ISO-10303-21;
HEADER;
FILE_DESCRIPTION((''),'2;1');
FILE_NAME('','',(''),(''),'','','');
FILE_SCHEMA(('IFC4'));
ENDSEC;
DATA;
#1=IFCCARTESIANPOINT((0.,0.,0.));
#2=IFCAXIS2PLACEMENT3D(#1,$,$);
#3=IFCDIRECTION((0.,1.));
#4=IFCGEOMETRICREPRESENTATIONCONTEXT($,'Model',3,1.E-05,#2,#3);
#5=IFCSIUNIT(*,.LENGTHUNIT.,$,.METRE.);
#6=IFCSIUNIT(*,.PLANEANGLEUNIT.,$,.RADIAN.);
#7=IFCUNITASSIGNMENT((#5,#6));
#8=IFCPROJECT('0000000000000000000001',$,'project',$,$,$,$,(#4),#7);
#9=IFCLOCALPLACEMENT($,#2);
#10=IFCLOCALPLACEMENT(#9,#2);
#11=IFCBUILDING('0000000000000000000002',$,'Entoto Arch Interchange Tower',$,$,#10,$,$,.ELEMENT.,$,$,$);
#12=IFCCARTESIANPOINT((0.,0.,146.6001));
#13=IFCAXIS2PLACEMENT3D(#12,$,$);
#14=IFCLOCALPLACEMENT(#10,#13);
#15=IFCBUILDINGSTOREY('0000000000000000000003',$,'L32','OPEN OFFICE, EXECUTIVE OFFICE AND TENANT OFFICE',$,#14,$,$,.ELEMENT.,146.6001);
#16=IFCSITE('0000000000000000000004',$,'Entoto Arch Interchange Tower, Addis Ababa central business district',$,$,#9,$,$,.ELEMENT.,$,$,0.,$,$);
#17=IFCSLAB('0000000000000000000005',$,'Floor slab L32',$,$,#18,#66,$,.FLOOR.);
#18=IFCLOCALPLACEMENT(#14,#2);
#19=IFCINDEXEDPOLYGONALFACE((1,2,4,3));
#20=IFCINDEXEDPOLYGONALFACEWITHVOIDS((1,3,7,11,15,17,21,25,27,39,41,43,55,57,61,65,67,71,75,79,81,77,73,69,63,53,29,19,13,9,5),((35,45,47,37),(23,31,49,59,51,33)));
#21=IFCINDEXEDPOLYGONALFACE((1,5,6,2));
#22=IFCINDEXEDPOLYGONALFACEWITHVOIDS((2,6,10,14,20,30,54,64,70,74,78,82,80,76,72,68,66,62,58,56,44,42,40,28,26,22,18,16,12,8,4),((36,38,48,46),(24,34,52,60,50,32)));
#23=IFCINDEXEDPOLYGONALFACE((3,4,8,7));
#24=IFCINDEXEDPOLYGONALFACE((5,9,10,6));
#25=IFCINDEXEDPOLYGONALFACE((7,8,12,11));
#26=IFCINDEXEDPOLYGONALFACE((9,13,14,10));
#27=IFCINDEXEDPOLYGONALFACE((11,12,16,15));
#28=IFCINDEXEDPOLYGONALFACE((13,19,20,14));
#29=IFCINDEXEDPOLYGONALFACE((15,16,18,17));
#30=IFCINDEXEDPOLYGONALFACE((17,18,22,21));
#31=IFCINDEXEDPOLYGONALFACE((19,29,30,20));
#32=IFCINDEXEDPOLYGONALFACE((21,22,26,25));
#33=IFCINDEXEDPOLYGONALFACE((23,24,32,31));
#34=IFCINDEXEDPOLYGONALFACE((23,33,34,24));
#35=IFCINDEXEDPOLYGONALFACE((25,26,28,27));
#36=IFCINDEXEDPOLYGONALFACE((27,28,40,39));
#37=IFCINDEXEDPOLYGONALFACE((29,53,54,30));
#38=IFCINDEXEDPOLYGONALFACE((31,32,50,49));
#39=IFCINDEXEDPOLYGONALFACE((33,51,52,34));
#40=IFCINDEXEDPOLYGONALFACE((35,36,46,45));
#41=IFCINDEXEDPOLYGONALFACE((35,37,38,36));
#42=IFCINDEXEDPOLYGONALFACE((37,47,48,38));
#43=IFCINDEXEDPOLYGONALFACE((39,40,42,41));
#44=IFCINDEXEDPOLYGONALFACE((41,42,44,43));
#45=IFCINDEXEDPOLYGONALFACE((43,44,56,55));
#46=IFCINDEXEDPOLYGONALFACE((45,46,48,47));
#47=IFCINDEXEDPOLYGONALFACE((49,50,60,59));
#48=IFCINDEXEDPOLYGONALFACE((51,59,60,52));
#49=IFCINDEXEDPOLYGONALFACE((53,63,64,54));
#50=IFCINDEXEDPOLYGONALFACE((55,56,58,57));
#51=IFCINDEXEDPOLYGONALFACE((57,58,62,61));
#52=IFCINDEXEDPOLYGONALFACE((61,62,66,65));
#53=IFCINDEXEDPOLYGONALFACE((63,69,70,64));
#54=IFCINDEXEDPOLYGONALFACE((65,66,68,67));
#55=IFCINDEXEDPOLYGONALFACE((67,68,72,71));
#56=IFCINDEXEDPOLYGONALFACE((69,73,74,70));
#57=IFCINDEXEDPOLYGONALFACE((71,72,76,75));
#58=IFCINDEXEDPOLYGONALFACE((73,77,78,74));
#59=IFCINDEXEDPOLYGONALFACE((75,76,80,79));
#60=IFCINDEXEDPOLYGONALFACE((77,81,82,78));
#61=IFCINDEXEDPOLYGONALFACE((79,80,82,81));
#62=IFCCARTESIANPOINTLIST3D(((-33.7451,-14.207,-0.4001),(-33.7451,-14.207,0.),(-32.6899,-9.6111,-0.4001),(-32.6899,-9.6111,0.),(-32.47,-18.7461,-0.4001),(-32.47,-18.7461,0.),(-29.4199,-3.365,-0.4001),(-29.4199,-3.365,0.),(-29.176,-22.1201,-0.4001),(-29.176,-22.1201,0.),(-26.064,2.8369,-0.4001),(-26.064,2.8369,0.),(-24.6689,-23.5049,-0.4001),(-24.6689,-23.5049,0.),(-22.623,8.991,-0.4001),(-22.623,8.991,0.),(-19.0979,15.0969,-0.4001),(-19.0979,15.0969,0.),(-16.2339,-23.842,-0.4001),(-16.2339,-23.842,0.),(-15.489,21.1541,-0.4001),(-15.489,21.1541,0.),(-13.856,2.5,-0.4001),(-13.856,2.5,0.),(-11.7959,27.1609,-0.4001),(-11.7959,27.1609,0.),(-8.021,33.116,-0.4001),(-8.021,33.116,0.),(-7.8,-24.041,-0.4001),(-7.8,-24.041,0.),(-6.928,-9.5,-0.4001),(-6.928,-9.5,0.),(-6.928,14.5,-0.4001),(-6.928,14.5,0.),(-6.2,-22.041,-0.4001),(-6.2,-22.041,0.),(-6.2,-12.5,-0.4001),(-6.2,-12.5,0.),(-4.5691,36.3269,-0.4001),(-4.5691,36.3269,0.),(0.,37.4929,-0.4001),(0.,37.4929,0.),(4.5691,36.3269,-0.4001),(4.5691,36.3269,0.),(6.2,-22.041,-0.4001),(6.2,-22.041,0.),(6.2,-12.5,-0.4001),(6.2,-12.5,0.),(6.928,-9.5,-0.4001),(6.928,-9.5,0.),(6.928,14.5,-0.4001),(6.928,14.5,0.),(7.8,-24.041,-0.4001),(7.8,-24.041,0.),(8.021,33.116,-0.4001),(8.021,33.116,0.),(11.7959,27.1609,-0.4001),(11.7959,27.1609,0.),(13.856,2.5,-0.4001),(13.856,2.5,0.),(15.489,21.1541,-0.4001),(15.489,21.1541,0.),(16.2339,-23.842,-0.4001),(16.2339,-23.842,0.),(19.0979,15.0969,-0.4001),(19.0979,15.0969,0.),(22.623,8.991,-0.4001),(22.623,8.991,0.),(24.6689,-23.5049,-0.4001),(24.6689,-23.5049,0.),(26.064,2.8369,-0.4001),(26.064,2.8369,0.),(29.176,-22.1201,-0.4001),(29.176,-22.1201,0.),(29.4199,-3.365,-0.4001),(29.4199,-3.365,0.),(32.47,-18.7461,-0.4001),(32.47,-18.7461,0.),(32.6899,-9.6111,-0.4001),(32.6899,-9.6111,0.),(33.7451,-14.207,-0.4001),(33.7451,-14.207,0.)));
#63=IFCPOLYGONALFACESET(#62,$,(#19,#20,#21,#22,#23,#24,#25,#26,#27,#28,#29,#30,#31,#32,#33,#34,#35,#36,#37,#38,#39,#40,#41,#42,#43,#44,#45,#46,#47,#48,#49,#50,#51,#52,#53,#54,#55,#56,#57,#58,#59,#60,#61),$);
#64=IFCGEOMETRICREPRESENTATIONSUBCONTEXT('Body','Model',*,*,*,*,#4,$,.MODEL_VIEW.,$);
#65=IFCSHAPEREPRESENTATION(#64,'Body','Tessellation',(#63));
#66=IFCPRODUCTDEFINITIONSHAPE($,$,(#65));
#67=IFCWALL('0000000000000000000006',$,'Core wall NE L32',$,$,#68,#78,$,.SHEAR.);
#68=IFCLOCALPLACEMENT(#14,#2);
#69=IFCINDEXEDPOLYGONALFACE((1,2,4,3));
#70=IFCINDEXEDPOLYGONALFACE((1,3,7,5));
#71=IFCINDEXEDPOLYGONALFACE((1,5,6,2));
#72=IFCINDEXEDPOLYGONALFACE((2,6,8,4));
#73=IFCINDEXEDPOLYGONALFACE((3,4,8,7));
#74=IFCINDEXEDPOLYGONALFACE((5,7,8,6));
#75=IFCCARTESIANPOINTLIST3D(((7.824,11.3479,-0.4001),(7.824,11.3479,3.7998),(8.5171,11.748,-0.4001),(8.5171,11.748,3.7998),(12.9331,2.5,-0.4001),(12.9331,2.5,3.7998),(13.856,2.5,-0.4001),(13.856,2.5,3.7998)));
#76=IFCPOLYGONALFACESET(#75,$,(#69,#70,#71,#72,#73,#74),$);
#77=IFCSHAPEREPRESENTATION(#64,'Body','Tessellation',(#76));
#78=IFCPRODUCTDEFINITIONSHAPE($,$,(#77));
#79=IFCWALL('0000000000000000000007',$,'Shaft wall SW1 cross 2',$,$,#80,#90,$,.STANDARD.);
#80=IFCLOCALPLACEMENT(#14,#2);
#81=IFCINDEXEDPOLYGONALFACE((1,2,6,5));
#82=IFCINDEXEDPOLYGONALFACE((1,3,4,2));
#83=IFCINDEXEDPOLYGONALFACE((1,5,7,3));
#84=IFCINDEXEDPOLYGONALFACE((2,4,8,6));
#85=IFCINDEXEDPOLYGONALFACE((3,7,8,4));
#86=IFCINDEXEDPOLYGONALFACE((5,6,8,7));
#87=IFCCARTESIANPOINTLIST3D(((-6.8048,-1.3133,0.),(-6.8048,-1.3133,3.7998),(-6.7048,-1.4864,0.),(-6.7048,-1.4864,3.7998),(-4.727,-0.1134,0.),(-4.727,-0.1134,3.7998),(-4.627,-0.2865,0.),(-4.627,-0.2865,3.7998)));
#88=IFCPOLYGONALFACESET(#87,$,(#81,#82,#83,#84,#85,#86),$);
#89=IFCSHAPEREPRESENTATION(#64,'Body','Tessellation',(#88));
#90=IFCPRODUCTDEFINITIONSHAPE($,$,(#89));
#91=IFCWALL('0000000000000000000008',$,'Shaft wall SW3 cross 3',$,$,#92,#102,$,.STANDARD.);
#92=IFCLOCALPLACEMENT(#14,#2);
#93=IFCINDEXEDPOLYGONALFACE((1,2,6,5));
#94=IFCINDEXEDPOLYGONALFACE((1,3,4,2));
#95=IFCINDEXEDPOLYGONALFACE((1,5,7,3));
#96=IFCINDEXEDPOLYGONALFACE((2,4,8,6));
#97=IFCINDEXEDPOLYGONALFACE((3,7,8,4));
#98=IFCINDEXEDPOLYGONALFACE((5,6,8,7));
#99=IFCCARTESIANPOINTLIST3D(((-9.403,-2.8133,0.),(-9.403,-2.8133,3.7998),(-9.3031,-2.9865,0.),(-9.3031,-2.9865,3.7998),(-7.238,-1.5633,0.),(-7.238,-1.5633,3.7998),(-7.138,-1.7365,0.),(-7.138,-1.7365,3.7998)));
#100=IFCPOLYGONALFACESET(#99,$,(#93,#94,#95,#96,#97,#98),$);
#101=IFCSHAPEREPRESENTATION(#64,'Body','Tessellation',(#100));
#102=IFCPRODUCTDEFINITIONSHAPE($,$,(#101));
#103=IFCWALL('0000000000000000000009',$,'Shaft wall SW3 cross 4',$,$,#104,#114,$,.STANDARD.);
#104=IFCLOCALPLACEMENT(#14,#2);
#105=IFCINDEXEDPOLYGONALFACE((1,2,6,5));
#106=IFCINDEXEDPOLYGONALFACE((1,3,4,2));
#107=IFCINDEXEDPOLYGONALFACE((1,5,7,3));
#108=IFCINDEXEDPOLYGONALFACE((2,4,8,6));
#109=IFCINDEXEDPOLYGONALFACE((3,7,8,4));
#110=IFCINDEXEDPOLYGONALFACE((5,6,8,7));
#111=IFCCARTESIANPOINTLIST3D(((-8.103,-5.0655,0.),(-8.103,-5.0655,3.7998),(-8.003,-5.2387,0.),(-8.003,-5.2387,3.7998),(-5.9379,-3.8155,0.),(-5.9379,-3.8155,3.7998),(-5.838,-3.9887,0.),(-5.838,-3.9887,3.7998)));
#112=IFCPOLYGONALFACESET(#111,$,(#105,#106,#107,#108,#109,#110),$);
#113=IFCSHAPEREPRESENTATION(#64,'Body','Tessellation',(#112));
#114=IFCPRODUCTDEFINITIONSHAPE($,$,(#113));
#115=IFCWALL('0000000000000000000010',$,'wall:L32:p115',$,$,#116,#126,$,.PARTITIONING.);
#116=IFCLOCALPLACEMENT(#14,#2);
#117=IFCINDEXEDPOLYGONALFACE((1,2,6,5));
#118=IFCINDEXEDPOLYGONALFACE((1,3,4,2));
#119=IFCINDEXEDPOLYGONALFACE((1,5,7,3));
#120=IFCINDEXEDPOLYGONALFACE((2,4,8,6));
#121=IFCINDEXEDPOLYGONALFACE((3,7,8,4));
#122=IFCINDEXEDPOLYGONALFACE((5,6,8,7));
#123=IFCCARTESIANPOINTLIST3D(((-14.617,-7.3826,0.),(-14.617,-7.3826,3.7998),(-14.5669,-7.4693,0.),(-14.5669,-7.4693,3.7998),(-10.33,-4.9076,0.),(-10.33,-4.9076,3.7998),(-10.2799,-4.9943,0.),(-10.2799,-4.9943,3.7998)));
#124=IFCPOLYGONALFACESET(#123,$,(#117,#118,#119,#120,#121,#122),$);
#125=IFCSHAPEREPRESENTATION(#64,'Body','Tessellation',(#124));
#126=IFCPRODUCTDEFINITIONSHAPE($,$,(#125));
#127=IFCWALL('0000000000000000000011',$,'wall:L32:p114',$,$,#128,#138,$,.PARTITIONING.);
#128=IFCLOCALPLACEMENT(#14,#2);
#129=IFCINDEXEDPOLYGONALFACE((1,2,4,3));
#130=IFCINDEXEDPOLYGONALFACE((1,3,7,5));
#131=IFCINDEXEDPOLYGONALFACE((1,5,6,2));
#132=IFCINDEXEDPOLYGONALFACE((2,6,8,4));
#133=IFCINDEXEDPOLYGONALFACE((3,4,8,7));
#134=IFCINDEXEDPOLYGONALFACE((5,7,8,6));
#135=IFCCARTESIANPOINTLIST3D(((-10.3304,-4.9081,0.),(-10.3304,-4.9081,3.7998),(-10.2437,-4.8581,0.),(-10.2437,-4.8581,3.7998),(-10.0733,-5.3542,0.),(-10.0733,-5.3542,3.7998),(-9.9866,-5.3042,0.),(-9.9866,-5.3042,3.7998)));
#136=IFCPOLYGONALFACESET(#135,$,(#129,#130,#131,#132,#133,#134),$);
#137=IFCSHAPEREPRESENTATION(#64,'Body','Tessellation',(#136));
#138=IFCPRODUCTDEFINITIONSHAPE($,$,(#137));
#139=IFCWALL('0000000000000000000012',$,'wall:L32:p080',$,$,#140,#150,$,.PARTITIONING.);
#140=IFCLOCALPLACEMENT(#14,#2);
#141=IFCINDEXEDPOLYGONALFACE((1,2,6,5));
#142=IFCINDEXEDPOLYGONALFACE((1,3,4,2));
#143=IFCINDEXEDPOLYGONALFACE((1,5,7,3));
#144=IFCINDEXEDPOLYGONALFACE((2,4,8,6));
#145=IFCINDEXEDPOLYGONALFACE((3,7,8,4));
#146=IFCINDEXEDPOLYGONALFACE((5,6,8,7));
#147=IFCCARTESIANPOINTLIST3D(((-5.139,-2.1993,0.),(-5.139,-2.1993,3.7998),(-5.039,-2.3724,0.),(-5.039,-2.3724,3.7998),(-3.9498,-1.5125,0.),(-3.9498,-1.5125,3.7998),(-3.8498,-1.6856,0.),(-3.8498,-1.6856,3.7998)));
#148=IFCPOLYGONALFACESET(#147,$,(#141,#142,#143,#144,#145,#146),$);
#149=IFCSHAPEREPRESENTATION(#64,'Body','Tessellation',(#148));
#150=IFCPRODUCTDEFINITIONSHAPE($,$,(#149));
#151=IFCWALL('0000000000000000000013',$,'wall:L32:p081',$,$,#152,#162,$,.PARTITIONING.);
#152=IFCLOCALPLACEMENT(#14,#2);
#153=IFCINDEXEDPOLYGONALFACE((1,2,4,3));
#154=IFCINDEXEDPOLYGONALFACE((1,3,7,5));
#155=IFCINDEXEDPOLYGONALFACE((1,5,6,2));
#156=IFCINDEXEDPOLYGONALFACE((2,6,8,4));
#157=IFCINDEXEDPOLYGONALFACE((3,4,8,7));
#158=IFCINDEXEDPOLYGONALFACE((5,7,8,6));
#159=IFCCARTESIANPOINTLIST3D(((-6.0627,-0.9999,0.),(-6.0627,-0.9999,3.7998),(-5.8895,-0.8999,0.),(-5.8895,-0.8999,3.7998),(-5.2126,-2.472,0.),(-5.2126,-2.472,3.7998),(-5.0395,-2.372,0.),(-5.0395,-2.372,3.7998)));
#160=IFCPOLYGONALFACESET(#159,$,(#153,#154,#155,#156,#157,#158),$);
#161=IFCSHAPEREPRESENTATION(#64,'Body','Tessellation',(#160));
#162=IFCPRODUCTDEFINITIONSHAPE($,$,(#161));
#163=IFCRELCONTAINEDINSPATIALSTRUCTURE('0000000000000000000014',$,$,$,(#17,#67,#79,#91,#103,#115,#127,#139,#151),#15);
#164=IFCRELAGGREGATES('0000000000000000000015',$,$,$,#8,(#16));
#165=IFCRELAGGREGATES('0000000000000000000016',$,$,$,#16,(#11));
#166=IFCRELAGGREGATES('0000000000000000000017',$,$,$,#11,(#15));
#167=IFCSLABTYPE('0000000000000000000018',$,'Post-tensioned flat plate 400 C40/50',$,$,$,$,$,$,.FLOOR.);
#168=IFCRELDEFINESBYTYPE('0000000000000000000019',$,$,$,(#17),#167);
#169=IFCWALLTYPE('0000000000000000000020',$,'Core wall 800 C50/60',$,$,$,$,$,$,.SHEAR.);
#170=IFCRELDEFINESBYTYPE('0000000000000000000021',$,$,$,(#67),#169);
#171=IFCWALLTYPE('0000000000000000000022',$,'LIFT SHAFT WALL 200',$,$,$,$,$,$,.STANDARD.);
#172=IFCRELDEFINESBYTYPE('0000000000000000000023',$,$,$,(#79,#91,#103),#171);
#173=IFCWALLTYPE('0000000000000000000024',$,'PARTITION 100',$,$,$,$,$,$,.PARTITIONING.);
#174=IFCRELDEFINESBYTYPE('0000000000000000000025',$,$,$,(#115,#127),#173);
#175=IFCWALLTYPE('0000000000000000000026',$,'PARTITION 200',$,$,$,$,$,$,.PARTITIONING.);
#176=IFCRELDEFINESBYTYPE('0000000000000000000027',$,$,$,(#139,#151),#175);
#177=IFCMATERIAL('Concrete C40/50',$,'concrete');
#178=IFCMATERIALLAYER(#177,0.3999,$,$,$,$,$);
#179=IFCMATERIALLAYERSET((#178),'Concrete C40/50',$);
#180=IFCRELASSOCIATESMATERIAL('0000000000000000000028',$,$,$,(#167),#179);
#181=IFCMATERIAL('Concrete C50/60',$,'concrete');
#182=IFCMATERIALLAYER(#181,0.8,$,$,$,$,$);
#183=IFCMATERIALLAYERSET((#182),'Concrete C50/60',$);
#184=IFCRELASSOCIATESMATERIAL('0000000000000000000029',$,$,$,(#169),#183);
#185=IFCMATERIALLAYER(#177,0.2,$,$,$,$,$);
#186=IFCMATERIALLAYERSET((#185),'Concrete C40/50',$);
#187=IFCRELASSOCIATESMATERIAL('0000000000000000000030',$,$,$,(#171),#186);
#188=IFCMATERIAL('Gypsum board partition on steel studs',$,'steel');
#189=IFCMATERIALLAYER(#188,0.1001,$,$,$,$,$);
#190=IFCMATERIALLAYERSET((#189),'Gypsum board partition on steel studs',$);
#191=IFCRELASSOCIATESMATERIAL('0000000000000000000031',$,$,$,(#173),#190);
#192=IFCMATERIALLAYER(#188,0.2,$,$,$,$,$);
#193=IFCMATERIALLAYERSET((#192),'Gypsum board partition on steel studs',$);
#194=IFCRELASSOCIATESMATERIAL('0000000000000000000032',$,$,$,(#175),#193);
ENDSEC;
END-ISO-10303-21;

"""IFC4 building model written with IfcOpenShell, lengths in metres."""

from ifc_helpers import new_model, si_unit, direction, frame, frame_2d, origin, place, context, subcontext, project, spatial, polyline, rectangle, outline, extrude, material, layer, layer_set, type_object, element, save


model = new_model("IFC4")

# Units and contexts
model_context = context("Model", 3, precision=1e-05, world=origin(), true_north=direction((0.0, 1.0)))
body_context = subcontext(model_context, "Body", "Model", "MODEL_VIEW")
ifc_project = project(units=[si_unit("LENGTHUNIT", "METRE"), si_unit("PLANEANGLEUNIT", "RADIAN")], contexts=[model_context])

# Site, building, storey
site_placement = place(None, origin())
site = spatial("IfcSite", under=ifc_project, at=site_placement, Name="Entoto Arch Interchange Tower, Addis Ababa central business district", CompositionType="ELEMENT", RefElevation=0.0)
building_placement = place(site_placement, origin())
building = spatial("IfcBuilding", under=site, at=building_placement, Name="Entoto Arch Interchange Tower", CompositionType="ELEMENT")
storey_placement = place(building_placement, frame((0.0, 0.0, 146.6001)))
storey = spatial("IfcBuildingStorey", under=building, at=storey_placement, Name="L32", Description="OPEN OFFICE, EXECUTIVE OFFICE AND TENANT OFFICE", CompositionType="ELEMENT", Elevation=146.6001)

# Slab
ifc_material_1 = material(Name="Concrete C40/50", Category="concrete")
ifc_layer_1 = layer(ifc_material_1, 0.3999)
ifc_layer_set_1 = layer_set([ifc_layer_1], Name="Concrete C40/50")
slab_type = type_object("IfcSlabType", Name="Post-tensioned flat plate 400 C40/50", PredefinedType="FLOOR", material=ifc_layer_set_1)
slab_placement = place(storey_placement, frame((0.0, 0.0, -0.4001)))
element("IfcSlab", 1, at=slab_placement, inside=storey, type_object=slab_type, Name="Floor slab L32", PredefinedType="FLOOR", context=body_context, shape_type="SweptSolid", body=[
    extrude(outline(polyline([(-24.6689, -23.5049), (-16.2339, -23.842), (-7.8, -24.041), (7.8, -24.041), (16.2339, -23.842), (24.6689, -23.5049), (29.176, -22.1201), (32.47, -18.7461), (33.7451, -14.207), (32.6899, -9.6111), (29.4199, -3.365), (26.064, 2.8369), (22.623, 8.991), (19.0979, 15.0969), (15.489, 21.1541), (11.7959, 27.1609), (8.021, 33.116), (4.5691, 36.3269), (0.0, 37.4929), (-4.5691, 36.3269), (-8.021, 33.116), (-11.7959, 27.1609), (-15.489, 21.1541), (-19.0979, 15.0969), (-22.623, 8.991), (-26.064, 2.8369), (-29.4199, -3.365), (-32.6899, -9.6111), (-33.7451, -14.207), (-32.47, -18.7461), (-29.176, -22.1201), (-24.6689, -23.5049)]), holes=[polyline([(6.2, -22.041), (6.2, -12.5), (-6.2, -12.5), (-6.2, -22.041), (6.2, -22.041)]), polyline([(13.856, 2.5), (6.928, 14.5), (-6.928, 14.5), (-13.856, 2.5), (-6.928, -9.5), (6.928, -9.5), (13.856, 2.5)])]), origin(), (0.0, 0.0, 1.0), 0.4001),
])

# Walls
ifc_material_2 = material(Name="Concrete C50/60", Category="concrete")
ifc_layer_2 = layer(ifc_material_2, 0.8)
ifc_layer_set_2 = layer_set([ifc_layer_2], Name="Concrete C50/60")
wall_type_1 = type_object("IfcWallType", Name="Core wall 800 C50/60", PredefinedType="SHEAR", material=ifc_layer_set_2)
wall_1_placement = place(storey_placement, frame((0.0, 0.0, -0.4001)))
element("IfcWall", 2, at=wall_1_placement, inside=storey, type_object=wall_type_1, Name="Core wall NE L32", PredefinedType="SHEAR", context=body_context, shape_type="SweptSolid", body=[
    extrude(outline(polyline([(8.5171, 11.748), (7.824, 11.3479), (12.9331, 2.5), (13.856, 2.5), (8.5171, 11.748)])), origin(), (0.0, 0.0, 1.0), 4.2),
])
ifc_layer_3 = layer(ifc_material_1, 0.2)
ifc_layer_set_3 = layer_set([ifc_layer_3], Name="Concrete C40/50")
wall_type_2 = type_object("IfcWallType", Name="LIFT SHAFT WALL 200", PredefinedType="STANDARD", material=ifc_layer_set_3)
wall_2_placement = place(storey_placement, frame((-4.677, -0.2, 0.0), z_axis=(0.0, 0.0, 1.0), x_axis=(-0.865974, -0.500089, 0.0)))
element("IfcWall", 3, at=wall_2_placement, inside=storey, type_object=wall_type_2, Name="Shaft wall SW1 cross 2", PredefinedType="STANDARD", context=body_context, shape_type="SweptSolid", body=[
    extrude(rectangle(XDim=2.3994, YDim=0.2, at=frame_2d((1.1997, 0.0))), origin(), (0.0, 0.0, 1.0), 3.7998),
])
for number, where, z_axis, x_axis, name in (
    (4, (-7.188, -1.6499, 0.0), (0.0, 0.0, 1.0), (-0.866023, -0.500004, 0.0), "Shaft wall SW3 cross 3"),
    (5, (-5.8879, -3.9021, 0.0), (0.0, 0.0, 1.0), (-0.866023, -0.500004, 0.0), "Shaft wall SW3 cross 4"),
):
    element("IfcWall", number, at=place(storey_placement, frame(where, z_axis=z_axis, x_axis=x_axis)), inside=storey, type_object=wall_type_2, Name=name, PredefinedType="STANDARD", context=body_context, shape_type="SweptSolid", body=[
        extrude(rectangle(XDim=2.5, YDim=0.2, at=frame_2d((1.25, 0.0))), origin(), (0.0, 0.0, 1.0), 3.7998),
    ])
ifc_material_3 = material(Name="Gypsum board partition on steel studs", Category="steel")
ifc_layer_4 = layer(ifc_material_3, 0.1001)
ifc_layer_set_4 = layer_set([ifc_layer_4], Name="Gypsum board partition on steel studs")
wall_type_3 = type_object("IfcWallType", Name="PARTITION 100", PredefinedType="PARTITIONING", material=ifc_layer_set_4)
wall_3_placement = place(storey_placement, frame((-10.3049, -4.9509, 0.0), z_axis=(0.0, 0.0, 1.0), x_axis=(-0.866031, -0.49999, 0.0)))
element("IfcWall", 6, at=wall_3_placement, inside=storey, type_object=wall_type_3, Name="wall:L32:p115", PredefinedType="PARTITIONING", context=body_context, shape_type="SweptSolid", body=[
    extrude(rectangle(XDim=4.9502, YDim=0.1001, at=frame_2d((2.4751, 0.0))), origin(), (0.0, 0.0, 1.0), 3.7998),
])
wall_4_placement = place(storey_placement, frame((-10.03, -5.3291, 0.0), z_axis=(0.0, 0.0, 1.0), x_axis=(-0.499353, 0.866399, 0.0)))
element("IfcWall", 7, at=wall_4_placement, inside=storey, type_object=wall_type_3, Name="wall:L32:p114", PredefinedType="PARTITIONING", context=body_context, shape_type="SweptSolid", body=[
    extrude(rectangle(XDim=0.5149, YDim=0.1001, at=frame_2d((0.2573, 0.0))), origin(), (0.0, 0.0, 1.0), 3.7998),
])
ifc_layer_5 = layer(ifc_material_3, 0.2)
ifc_layer_set_5 = layer_set([ifc_layer_5], Name="Gypsum board partition on steel studs")
wall_type_4 = type_object("IfcWallType", Name="PARTITION 200", PredefinedType="PARTITIONING", material=ifc_layer_set_5)
wall_5_placement = place(storey_placement, frame((-3.8999, -1.5991, 0.0), z_axis=(0.0, 0.0, 1.0), x_axis=(-0.865969, -0.500097, 0.0)))
element("IfcWall", 8, at=wall_5_placement, inside=storey, type_object=wall_type_4, Name="wall:L32:p080", PredefinedType="PARTITIONING", context=body_context, shape_type="SweptSolid", body=[
    extrude(rectangle(XDim=1.3733, YDim=0.2, at=frame_2d((0.6865, 0.0))), origin(), (0.0, 0.0, 1.0), 3.7998),
])
wall_6_placement = place(storey_placement, frame((-5.126, -2.4221, 0.0), z_axis=(0.0, 0.0, 1.0), x_axis=(-0.500062, 0.865989, 0.0)))
element("IfcWall", 9, at=wall_6_placement, inside=storey, type_object=wall_type_4, Name="wall:L32:p081", PredefinedType="PARTITIONING", context=body_context, shape_type="SweptSolid", body=[
    extrude(rectangle(XDim=1.7, YDim=0.2, at=frame_2d((0.8501, 0.0))), origin(), (0.0, 0.0, 1.0), 3.7998),
])

save(model, "model.ifc")
